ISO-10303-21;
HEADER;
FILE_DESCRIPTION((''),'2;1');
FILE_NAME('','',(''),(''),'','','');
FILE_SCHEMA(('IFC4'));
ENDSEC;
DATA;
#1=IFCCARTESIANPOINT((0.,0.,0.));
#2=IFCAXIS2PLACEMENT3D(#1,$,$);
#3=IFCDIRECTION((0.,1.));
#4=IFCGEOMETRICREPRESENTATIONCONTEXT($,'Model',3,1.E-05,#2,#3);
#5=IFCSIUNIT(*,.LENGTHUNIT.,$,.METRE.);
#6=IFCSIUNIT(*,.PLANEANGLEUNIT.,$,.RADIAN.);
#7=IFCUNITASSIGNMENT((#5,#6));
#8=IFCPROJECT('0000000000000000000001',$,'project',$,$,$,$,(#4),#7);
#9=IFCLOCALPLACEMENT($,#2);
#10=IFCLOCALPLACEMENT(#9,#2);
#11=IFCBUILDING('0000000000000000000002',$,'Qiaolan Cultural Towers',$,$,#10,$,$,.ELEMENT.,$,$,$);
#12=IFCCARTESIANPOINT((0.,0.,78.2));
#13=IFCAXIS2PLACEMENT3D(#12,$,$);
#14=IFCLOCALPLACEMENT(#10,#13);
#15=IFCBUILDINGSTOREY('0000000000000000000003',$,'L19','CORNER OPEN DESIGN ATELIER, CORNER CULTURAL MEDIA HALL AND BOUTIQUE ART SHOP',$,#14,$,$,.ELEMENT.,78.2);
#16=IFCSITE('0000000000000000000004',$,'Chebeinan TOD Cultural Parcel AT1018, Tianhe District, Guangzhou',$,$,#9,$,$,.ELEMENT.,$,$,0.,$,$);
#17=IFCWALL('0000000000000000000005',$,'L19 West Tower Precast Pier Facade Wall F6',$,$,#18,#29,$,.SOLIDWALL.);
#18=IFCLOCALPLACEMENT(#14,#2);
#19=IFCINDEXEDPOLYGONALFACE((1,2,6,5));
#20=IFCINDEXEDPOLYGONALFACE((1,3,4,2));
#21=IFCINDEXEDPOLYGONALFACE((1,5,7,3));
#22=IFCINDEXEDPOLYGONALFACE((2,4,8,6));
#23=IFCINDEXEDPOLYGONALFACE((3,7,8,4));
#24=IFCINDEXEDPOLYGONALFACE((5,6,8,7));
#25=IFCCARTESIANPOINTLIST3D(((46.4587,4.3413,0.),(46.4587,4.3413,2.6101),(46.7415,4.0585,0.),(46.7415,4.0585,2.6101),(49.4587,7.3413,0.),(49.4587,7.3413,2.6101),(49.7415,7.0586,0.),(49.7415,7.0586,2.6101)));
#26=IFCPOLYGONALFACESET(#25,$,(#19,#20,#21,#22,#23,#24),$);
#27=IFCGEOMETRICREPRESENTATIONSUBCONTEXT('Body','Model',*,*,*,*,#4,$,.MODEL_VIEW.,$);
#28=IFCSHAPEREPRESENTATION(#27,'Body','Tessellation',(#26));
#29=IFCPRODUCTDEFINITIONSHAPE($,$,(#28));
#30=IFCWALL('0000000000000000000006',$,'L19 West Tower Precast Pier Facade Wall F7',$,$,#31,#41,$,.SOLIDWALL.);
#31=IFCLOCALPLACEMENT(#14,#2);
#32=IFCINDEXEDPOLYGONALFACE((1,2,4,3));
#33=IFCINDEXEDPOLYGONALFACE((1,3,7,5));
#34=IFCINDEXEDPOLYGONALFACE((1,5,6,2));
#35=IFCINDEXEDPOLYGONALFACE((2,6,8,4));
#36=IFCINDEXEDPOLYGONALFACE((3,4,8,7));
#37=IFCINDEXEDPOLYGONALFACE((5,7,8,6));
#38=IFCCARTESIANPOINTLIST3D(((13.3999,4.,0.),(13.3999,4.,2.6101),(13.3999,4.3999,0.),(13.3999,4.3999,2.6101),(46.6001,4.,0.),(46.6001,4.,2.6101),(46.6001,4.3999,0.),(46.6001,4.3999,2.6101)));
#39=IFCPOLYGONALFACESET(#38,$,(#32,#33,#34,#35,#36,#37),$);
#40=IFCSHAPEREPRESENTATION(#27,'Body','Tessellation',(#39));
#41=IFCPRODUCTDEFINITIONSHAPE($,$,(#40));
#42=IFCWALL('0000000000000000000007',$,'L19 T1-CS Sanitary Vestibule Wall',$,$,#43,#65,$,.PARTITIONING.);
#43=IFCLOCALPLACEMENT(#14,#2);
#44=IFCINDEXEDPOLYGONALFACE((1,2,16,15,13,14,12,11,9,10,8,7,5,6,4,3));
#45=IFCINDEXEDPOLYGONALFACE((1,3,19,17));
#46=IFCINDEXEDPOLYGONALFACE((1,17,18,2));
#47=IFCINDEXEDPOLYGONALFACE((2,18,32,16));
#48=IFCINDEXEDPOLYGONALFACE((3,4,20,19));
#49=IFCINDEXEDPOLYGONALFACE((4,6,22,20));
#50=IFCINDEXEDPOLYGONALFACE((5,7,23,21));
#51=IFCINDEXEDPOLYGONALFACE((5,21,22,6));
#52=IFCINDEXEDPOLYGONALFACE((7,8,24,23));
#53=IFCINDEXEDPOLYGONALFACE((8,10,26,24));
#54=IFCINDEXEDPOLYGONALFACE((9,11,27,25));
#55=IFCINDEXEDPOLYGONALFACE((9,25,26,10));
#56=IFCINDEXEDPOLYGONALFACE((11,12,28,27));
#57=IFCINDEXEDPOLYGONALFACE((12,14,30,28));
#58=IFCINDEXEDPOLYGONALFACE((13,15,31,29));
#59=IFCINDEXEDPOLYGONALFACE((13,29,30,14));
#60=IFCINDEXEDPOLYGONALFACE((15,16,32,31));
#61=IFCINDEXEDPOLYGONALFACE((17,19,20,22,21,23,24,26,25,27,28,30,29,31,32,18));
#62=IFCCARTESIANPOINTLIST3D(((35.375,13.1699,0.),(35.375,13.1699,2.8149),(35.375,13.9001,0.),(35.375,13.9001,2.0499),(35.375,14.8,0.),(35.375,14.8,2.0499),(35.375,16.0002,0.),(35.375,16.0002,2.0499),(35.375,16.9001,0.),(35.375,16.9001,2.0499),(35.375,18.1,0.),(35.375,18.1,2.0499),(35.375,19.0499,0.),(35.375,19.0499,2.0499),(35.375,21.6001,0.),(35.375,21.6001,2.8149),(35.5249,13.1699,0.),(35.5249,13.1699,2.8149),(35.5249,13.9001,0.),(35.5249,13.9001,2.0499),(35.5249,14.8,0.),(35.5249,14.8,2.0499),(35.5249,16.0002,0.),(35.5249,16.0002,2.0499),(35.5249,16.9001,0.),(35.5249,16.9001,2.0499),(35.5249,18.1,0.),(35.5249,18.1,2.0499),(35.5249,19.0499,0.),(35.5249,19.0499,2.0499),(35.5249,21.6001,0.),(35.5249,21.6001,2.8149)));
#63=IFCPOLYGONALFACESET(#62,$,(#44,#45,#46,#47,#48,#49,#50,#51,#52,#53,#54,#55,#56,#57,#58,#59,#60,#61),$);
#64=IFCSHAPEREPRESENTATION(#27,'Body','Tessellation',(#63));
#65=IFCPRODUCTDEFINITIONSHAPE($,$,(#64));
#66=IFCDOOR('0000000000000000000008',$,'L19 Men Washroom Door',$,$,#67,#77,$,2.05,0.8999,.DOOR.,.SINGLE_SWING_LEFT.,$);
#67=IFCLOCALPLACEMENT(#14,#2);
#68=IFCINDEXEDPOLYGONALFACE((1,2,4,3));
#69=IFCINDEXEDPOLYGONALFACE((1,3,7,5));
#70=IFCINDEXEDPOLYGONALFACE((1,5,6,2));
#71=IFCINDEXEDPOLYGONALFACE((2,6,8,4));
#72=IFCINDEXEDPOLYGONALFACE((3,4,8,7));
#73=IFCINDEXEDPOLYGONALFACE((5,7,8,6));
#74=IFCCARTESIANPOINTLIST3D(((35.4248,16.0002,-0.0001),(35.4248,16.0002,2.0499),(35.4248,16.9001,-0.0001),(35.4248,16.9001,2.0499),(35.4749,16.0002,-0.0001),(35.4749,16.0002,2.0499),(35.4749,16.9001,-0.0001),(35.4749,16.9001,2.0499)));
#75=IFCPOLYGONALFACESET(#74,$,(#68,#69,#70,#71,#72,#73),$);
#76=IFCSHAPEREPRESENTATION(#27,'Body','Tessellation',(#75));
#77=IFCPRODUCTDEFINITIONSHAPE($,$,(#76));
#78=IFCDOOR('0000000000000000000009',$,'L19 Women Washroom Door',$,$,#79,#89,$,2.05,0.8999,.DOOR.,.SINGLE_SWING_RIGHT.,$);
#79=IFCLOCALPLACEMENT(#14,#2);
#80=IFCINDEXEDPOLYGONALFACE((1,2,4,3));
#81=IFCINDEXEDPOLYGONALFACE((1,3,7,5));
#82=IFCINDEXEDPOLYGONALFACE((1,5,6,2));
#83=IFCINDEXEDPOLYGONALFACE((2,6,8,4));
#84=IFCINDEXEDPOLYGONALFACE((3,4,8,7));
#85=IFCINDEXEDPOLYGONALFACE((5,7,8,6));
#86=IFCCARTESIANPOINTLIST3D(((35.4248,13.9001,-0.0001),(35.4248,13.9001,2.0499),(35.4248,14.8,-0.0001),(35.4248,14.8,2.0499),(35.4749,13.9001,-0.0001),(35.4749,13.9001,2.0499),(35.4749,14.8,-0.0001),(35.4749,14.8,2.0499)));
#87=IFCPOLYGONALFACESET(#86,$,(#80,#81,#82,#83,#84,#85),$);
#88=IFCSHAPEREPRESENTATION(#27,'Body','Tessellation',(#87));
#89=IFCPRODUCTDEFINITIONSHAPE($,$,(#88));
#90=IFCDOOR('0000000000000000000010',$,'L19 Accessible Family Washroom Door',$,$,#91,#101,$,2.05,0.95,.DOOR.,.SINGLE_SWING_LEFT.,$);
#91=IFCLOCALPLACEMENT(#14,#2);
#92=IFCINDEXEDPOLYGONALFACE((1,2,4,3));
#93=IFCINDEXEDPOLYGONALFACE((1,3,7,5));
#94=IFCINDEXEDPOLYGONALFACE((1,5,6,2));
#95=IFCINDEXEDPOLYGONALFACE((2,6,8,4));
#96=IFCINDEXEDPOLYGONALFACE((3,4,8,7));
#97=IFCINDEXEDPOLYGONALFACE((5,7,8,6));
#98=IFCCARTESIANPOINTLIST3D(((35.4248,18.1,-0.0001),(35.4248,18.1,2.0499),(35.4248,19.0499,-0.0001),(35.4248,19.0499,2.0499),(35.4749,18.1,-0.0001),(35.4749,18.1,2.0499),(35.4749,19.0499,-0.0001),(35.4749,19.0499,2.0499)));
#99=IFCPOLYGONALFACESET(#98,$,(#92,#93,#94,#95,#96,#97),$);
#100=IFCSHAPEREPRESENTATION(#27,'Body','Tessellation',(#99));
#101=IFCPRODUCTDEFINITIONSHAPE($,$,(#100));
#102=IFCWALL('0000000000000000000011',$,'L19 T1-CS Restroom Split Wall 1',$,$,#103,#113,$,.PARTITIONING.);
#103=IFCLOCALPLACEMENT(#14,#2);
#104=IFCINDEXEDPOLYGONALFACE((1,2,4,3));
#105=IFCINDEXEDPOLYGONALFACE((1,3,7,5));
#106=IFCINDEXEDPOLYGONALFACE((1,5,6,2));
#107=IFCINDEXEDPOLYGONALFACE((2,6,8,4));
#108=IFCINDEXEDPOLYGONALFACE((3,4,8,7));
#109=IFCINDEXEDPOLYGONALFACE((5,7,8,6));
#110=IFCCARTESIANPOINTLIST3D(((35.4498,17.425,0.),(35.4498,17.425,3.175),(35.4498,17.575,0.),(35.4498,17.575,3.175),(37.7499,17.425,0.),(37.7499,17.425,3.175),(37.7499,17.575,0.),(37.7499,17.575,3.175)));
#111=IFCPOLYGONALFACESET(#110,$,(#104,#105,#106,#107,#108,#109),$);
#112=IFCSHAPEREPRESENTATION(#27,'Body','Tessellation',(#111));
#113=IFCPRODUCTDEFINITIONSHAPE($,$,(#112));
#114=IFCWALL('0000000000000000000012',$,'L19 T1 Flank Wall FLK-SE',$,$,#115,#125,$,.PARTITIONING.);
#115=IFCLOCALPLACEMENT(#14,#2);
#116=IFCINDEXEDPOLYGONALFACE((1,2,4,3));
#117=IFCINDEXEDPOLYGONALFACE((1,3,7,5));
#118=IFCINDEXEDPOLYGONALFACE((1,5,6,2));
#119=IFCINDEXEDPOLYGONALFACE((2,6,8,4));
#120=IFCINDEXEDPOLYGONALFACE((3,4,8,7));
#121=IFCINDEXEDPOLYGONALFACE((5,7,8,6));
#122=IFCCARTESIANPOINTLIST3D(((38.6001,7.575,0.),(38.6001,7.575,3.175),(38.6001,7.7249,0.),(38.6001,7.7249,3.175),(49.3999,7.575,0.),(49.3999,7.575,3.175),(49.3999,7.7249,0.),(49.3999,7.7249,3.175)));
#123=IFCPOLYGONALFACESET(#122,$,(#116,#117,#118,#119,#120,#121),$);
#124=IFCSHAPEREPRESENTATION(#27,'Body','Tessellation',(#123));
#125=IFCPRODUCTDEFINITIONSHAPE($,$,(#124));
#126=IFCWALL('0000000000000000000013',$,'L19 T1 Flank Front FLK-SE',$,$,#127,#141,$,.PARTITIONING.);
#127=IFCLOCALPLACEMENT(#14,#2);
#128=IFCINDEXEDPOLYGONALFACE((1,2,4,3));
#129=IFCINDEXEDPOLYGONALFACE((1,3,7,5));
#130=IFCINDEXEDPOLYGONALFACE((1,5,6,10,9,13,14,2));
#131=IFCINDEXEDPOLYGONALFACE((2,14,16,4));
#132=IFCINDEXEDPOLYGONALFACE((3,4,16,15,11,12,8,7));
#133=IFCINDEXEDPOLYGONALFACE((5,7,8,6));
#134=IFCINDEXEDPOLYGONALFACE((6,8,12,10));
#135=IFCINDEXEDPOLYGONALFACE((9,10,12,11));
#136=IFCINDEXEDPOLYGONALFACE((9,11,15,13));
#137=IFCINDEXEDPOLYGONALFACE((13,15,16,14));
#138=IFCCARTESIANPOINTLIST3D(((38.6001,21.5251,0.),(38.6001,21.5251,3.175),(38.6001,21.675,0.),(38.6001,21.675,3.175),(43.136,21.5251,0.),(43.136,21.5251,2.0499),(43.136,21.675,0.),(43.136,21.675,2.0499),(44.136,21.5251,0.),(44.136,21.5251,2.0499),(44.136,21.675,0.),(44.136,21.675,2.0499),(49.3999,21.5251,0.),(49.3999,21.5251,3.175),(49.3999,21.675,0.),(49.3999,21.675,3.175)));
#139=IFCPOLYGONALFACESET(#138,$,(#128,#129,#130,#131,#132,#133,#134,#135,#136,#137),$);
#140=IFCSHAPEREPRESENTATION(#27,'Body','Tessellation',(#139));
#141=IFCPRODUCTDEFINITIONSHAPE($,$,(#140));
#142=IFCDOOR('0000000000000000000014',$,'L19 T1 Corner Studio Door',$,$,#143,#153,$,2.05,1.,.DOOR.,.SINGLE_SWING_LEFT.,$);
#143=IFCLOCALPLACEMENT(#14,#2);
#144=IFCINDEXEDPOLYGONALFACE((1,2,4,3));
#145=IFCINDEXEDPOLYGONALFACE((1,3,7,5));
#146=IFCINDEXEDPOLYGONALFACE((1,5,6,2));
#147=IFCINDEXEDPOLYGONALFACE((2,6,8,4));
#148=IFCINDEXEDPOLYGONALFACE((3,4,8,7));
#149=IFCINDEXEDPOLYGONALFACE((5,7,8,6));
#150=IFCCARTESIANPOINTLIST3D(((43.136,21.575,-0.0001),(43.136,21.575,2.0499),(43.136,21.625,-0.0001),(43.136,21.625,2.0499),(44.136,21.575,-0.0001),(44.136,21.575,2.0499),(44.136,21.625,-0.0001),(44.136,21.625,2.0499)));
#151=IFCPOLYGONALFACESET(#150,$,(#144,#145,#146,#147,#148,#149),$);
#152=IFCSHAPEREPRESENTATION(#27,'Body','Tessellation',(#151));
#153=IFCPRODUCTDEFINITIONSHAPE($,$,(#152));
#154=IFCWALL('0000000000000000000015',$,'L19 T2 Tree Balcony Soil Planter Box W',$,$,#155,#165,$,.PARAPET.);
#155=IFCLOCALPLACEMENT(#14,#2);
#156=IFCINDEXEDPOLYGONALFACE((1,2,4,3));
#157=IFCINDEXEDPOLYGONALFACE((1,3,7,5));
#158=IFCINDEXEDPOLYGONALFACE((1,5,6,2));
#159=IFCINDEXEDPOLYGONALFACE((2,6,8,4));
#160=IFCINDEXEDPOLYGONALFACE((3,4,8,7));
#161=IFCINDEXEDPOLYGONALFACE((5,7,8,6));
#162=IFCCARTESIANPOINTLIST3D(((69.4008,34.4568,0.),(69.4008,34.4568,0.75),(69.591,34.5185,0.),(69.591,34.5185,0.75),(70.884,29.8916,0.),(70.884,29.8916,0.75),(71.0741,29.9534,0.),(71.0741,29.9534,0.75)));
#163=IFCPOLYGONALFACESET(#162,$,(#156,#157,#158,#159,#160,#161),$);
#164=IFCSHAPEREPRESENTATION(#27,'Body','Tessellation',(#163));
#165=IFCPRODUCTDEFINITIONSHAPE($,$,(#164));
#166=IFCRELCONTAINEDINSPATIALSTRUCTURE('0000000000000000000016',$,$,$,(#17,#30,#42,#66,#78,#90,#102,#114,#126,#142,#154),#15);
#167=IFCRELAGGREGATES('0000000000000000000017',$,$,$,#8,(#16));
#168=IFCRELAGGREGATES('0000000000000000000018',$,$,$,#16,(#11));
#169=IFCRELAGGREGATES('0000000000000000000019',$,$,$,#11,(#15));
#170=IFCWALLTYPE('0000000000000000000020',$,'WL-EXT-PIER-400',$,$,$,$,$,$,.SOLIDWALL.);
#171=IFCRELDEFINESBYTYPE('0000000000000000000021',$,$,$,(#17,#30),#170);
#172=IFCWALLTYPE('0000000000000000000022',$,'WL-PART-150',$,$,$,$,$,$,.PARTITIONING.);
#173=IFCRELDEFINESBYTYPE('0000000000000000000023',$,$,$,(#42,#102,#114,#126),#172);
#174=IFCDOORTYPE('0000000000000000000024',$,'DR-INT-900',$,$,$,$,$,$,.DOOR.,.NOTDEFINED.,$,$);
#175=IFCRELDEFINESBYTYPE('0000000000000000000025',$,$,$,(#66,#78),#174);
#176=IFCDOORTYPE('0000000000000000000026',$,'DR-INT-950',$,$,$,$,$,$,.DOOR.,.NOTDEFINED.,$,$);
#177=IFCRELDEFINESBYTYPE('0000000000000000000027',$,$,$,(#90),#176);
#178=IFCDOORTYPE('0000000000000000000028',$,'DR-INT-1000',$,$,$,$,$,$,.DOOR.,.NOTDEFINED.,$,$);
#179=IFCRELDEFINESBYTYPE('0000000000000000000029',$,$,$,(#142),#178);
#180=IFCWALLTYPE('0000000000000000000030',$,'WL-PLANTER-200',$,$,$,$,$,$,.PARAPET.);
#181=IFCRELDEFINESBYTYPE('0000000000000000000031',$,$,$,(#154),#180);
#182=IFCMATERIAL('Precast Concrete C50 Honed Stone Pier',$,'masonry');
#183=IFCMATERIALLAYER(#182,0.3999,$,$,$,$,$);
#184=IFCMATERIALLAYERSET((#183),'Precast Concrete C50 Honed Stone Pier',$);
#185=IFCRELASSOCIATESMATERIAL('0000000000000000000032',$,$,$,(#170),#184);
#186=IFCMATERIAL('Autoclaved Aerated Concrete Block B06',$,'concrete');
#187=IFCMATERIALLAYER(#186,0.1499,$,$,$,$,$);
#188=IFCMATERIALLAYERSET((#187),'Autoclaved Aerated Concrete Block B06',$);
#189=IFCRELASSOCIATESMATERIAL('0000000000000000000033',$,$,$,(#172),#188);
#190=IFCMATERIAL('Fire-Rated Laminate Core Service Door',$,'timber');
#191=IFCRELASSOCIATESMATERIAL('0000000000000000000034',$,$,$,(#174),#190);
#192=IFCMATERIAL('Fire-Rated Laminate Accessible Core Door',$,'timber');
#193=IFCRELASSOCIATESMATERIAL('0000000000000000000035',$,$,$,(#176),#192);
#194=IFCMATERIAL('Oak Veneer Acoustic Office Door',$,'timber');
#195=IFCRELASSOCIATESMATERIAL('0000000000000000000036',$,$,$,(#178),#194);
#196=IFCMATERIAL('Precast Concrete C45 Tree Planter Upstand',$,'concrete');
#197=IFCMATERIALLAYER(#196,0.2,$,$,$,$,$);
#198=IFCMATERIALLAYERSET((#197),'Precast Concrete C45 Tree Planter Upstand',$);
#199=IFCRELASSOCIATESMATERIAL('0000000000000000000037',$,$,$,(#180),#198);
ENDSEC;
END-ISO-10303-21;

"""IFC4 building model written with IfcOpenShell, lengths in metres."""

from ifc_helpers import new_model, si_unit, direction, frame, frame_2d, origin, place, context, subcontext, project, spatial, rectangle, extrude, material, layer, layer_set, type_object, element, fill, save


model = new_model("IFC4")

# Units and contexts
model_context = context("Model", 3, precision=1e-05, world=origin(), true_north=direction((0.0, 1.0)))
body_context = subcontext(model_context, "Body", "Model", "MODEL_VIEW")
ifc_project = project(units=[si_unit("LENGTHUNIT", "METRE"), si_unit("PLANEANGLEUNIT", "RADIAN")], contexts=[model_context])

# Site, building, storey
site_placement = place(None, origin())
site = spatial("IfcSite", under=ifc_project, at=site_placement, Name="Chebeinan TOD Cultural Parcel AT1018, Tianhe District, Guangzhou", CompositionType="ELEMENT", RefElevation=0.0)
building_placement = place(site_placement, origin())
building = spatial("IfcBuilding", under=site, at=building_placement, Name="Qiaolan Cultural Towers", CompositionType="ELEMENT")
storey_placement = place(building_placement, frame((0.0, 0.0, 78.2)))
storey = spatial("IfcBuildingStorey", under=building, at=storey_placement, Name="L19", Description="CORNER OPEN DESIGN ATELIER, CORNER CULTURAL MEDIA HALL AND BOUTIQUE ART SHOP", CompositionType="ELEMENT", Elevation=78.2)

# Walls
ifc_material_1 = material(Name="Precast Concrete C50 Honed Stone Pier", Category="masonry")
ifc_layer_1 = layer(ifc_material_1, 0.3999)
ifc_layer_set_1 = layer_set([ifc_layer_1], Name="Precast Concrete C50 Honed Stone Pier")
wall_type_1 = type_object("IfcWallType", Name="WL-EXT-PIER-400", PredefinedType="SOLIDWALL", material=ifc_layer_set_1)
wall_1_placement = place(storey_placement, frame((49.6001, 7.2, 0.0), z_axis=(0.0, 0.0, 1.0), x_axis=(-0.707107, -0.707107, 0.0)))
element("IfcWall", 1, at=wall_1_placement, inside=storey, type_object=wall_type_1, Name="L19 West Tower Precast Pier Facade Wall F6", PredefinedType="SOLIDWALL", context=body_context, shape_type="SweptSolid", body=[
    extrude(rectangle(XDim=4.2427, YDim=0.3999, at=frame_2d((2.1213, 0.0))), origin(), (0.0, 0.0, 1.0), 2.6101),
])
wall_2_placement = place(storey_placement, frame((46.6001, 4.2, 0.0), z_axis=(0.0, 0.0, 1.0), x_axis=(-1.0, 0.0, 0.0)))
element("IfcWall", 2, at=wall_2_placement, inside=storey, type_object=wall_type_1, Name="L19 West Tower Precast Pier Facade Wall F7", PredefinedType="SOLIDWALL", context=body_context, shape_type="SweptSolid", body=[
    extrude(rectangle(XDim=33.2002, YDim=0.3999, at=frame_2d((16.6001, 0.0))), origin(), (0.0, 0.0, 1.0), 2.6101),
])

# Wall, openings, doors
ifc_material_2 = material(Name="Autoclaved Aerated Concrete Block B06", Category="concrete")
ifc_layer_2 = layer(ifc_material_2, 0.1499)
ifc_layer_set_2 = layer_set([ifc_layer_2], Name="Autoclaved Aerated Concrete Block B06")
wall_type_2 = type_object("IfcWallType", Name="WL-PART-150", PredefinedType="PARTITIONING", material=ifc_layer_set_2)
wall_3_placement = place(storey_placement, frame((35.45, 21.6001, 0.0), z_axis=(0.0, 0.0, 1.0), x_axis=(0.0, -1.0, 0.0)))
wall_3 = element("IfcWall", 3, at=wall_3_placement, inside=storey, type_object=wall_type_2, Name="L19 T1-CS Sanitary Vestibule Wall", PredefinedType="PARTITIONING", context=body_context, shape_type="SweptSolid", body=[
    extrude(rectangle(XDim=8.4302, YDim=0.1499, at=frame_2d((4.2151, 0.0))), origin(), (0.0, 0.0, 1.0), 2.8149),
])
opening_1_placement = place(wall_3_placement, frame((2.55, 0.0, 0.0)))
opening_1 = element("IfcOpeningElement", 4, at=opening_1_placement, cuts=wall_3, PredefinedType="OPENING", context=body_context, shape_type="SweptSolid", body=[
    extrude(rectangle(XDim=0.95, YDim=2.05, at=frame_2d((0.4751, 1.0249))), frame((0.0, 0.085, 0.0), z_axis=(0.0, -1.0, 0.0), x_axis=(1.0, 0.0, 0.0)), (0.0, 0.0, 1.0), 0.1699),
])
opening_2_placement = place(wall_3_placement, frame((4.7, 0.0, 0.0)))
opening_2 = element("IfcOpeningElement", 5, at=opening_2_placement, cuts=wall_3, PredefinedType="OPENING", context=body_context, shape_type="SweptSolid", body=[
    extrude(rectangle(XDim=0.8999, YDim=2.05, at=frame_2d((0.45, 1.0249))), frame((0.0, 0.085, 0.0), z_axis=(0.0, -1.0, 0.0), x_axis=(1.0, 0.0, 0.0)), (0.0, 0.0, 1.0), 0.1699),
])
opening_3_placement = place(wall_3_placement, frame((6.8, 0.0, 0.0)))
opening_3 = element("IfcOpeningElement", 6, at=opening_3_placement, cuts=wall_3, PredefinedType="OPENING", context=body_context, shape_type="SweptSolid", body=[
    extrude(rectangle(XDim=0.8999, YDim=2.05, at=frame_2d((0.45, 1.0249))), frame((0.0, 0.085, 0.0), z_axis=(0.0, -1.0, 0.0), x_axis=(1.0, 0.0, 0.0)), (0.0, 0.0, 1.0), 0.1699),
])
ifc_material_3 = material(Name="Fire-Rated Laminate Core Service Door", Category="timber")
door_type_1 = type_object("IfcDoorType", Name="DR-INT-900", OperationType="NOTDEFINED", PredefinedType="DOOR", material=ifc_material_3)
door_1_placement = place(opening_2_placement, origin())
door_1 = element("IfcDoor", 7, at=door_1_placement, inside=storey, type_object=door_type_1, Name="L19 Men Washroom Door", OperationType="SINGLE_SWING_LEFT", OverallHeight=2.05, OverallWidth=0.8999, PredefinedType="DOOR", context=body_context, shape_type="SweptSolid", body=[
    extrude(rectangle(XDim=0.8999, YDim=2.05, at=frame_2d((0.45, 1.0249))), frame((0.0, 0.0249, 0.0), z_axis=(0.0, -1.0, 0.0), x_axis=(1.0, 0.0, 0.0)), (0.0, 0.0, 1.0), 0.05),
])
fill(opening_2, door_1)
door_2_placement = place(opening_3_placement, origin())
door_2 = element("IfcDoor", 8, at=door_2_placement, inside=storey, type_object=door_type_1, Name="L19 Women Washroom Door", OperationType="SINGLE_SWING_RIGHT", OverallHeight=2.05, OverallWidth=0.8999, PredefinedType="DOOR", context=body_context, shape_type="SweptSolid", body=[
    extrude(rectangle(XDim=0.8999, YDim=2.05, at=frame_2d((0.45, 1.0249))), frame((0.0, 0.0249, 0.0), z_axis=(0.0, -1.0, 0.0), x_axis=(1.0, 0.0, 0.0)), (0.0, 0.0, 1.0), 0.05),
])
fill(opening_3, door_2)
ifc_material_4 = material(Name="Fire-Rated Laminate Accessible Core Door", Category="timber")
door_type_2 = type_object("IfcDoorType", Name="DR-INT-950", OperationType="NOTDEFINED", PredefinedType="DOOR", material=ifc_material_4)
door_3_placement = place(opening_1_placement, origin())
door_3 = element("IfcDoor", 9, at=door_3_placement, inside=storey, type_object=door_type_2, Name="L19 Accessible Family Washroom Door", OperationType="SINGLE_SWING_LEFT", OverallHeight=2.05, OverallWidth=0.95, PredefinedType="DOOR", context=body_context, shape_type="SweptSolid", body=[
    extrude(rectangle(XDim=0.95, YDim=2.05, at=frame_2d((0.4751, 1.0249))), frame((0.0, 0.0249, 0.0), z_axis=(0.0, -1.0, 0.0), x_axis=(1.0, 0.0, 0.0)), (0.0, 0.0, 1.0), 0.05),
])
fill(opening_1, door_3)

# Walls
wall_4_placement = place(storey_placement, frame((35.45, 17.5, 0.0), z_axis=(0.0, 0.0, 1.0), x_axis=(1.0, 0.0, 0.0)))
element("IfcWall", 10, at=wall_4_placement, inside=storey, type_object=wall_type_2, Name="L19 T1-CS Restroom Split Wall 1", PredefinedType="PARTITIONING", context=body_context, shape_type="SweptSolid", body=[
    extrude(rectangle(XDim=2.3, YDim=0.1499, at=frame_2d((1.1499, 0.0))), origin(), (0.0, 0.0, 1.0), 3.175),
])
wall_5_placement = place(storey_placement, frame((38.6001, 7.6499, 0.0), z_axis=(0.0, 0.0, 1.0), x_axis=(1.0, 0.0, 0.0)))
element("IfcWall", 11, at=wall_5_placement, inside=storey, type_object=wall_type_2, Name="L19 T1 Flank Wall FLK-SE", PredefinedType="PARTITIONING", context=body_context, shape_type="SweptSolid", body=[
    extrude(rectangle(XDim=10.7998, YDim=0.1499, at=frame_2d((5.3999, 0.0))), origin(), (0.0, 0.0, 1.0), 3.175),
])

# Wall, opening, door
wall_6_placement = place(storey_placement, frame((38.6001, 21.6001, 0.0), z_axis=(0.0, 0.0, 1.0), x_axis=(1.0, 0.0, 0.0)))
wall_6 = element("IfcWall", 12, at=wall_6_placement, inside=storey, type_object=wall_type_2, Name="L19 T1 Flank Front FLK-SE", PredefinedType="PARTITIONING", context=body_context, shape_type="SweptSolid", body=[
    extrude(rectangle(XDim=10.7998, YDim=0.1499, at=frame_2d((5.3999, 0.0))), origin(), (0.0, 0.0, 1.0), 3.175),
])
opening_4_placement = place(wall_6_placement, frame((4.5359, 0.0, 0.0)))
opening_4 = element("IfcOpeningElement", 13, at=opening_4_placement, cuts=wall_6, PredefinedType="OPENING", context=body_context, shape_type="SweptSolid", body=[
    extrude(rectangle(XDim=1.0, YDim=2.05, at=frame_2d((0.5, 1.0249))), frame((0.0, 0.085, 0.0), z_axis=(0.0, -1.0, 0.0), x_axis=(1.0, 0.0, 0.0)), (0.0, 0.0, 1.0), 0.1699),
])
ifc_material_5 = material(Name="Oak Veneer Acoustic Office Door", Category="timber")
door_type_3 = type_object("IfcDoorType", Name="DR-INT-1000", OperationType="NOTDEFINED", PredefinedType="DOOR", material=ifc_material_5)
door_4_placement = place(opening_4_placement, origin())
door_4 = element("IfcDoor", 14, at=door_4_placement, inside=storey, type_object=door_type_3, Name="L19 T1 Corner Studio Door", OperationType="SINGLE_SWING_LEFT", OverallHeight=2.05, OverallWidth=1.0, PredefinedType="DOOR", context=body_context, shape_type="SweptSolid", body=[
    extrude(rectangle(XDim=1.0, YDim=2.05, at=frame_2d((0.5, 1.0249))), frame((0.0, 0.0249, 0.0), z_axis=(0.0, -1.0, 0.0), x_axis=(1.0, 0.0, 0.0)), (0.0, 0.0, 1.0), 0.05),
])
fill(opening_4, door_4)

# Wall
ifc_material_6 = material(Name="Precast Concrete C45 Tree Planter Upstand", Category="concrete")
ifc_layer_3 = layer(ifc_material_6, 0.2)
ifc_layer_set_3 = layer_set([ifc_layer_3], Name="Precast Concrete C45 Tree Planter Upstand")
wall_type_3 = type_object("IfcWallType", Name="WL-PLANTER-200", PredefinedType="PARAPET", material=ifc_layer_set_3)
wall_7_placement = place(storey_placement, frame((70.979, 29.9226, 0.0), z_axis=(0.0, 0.0, 1.0), x_axis=(-0.308986, 0.951067, 0.0)))
element("IfcWall", 15, at=wall_7_placement, inside=storey, type_object=wall_type_3, Name="L19 T2 Tree Balcony Soil Planter Box W", PredefinedType="PARAPET", context=body_context, shape_type="SweptSolid", body=[
    extrude(rectangle(XDim=4.8, YDim=0.2, at=frame_2d((2.3999, 0.0))), origin(), (0.0, 0.0, 1.0), 0.75),
])

save(model, "model.ifc")
